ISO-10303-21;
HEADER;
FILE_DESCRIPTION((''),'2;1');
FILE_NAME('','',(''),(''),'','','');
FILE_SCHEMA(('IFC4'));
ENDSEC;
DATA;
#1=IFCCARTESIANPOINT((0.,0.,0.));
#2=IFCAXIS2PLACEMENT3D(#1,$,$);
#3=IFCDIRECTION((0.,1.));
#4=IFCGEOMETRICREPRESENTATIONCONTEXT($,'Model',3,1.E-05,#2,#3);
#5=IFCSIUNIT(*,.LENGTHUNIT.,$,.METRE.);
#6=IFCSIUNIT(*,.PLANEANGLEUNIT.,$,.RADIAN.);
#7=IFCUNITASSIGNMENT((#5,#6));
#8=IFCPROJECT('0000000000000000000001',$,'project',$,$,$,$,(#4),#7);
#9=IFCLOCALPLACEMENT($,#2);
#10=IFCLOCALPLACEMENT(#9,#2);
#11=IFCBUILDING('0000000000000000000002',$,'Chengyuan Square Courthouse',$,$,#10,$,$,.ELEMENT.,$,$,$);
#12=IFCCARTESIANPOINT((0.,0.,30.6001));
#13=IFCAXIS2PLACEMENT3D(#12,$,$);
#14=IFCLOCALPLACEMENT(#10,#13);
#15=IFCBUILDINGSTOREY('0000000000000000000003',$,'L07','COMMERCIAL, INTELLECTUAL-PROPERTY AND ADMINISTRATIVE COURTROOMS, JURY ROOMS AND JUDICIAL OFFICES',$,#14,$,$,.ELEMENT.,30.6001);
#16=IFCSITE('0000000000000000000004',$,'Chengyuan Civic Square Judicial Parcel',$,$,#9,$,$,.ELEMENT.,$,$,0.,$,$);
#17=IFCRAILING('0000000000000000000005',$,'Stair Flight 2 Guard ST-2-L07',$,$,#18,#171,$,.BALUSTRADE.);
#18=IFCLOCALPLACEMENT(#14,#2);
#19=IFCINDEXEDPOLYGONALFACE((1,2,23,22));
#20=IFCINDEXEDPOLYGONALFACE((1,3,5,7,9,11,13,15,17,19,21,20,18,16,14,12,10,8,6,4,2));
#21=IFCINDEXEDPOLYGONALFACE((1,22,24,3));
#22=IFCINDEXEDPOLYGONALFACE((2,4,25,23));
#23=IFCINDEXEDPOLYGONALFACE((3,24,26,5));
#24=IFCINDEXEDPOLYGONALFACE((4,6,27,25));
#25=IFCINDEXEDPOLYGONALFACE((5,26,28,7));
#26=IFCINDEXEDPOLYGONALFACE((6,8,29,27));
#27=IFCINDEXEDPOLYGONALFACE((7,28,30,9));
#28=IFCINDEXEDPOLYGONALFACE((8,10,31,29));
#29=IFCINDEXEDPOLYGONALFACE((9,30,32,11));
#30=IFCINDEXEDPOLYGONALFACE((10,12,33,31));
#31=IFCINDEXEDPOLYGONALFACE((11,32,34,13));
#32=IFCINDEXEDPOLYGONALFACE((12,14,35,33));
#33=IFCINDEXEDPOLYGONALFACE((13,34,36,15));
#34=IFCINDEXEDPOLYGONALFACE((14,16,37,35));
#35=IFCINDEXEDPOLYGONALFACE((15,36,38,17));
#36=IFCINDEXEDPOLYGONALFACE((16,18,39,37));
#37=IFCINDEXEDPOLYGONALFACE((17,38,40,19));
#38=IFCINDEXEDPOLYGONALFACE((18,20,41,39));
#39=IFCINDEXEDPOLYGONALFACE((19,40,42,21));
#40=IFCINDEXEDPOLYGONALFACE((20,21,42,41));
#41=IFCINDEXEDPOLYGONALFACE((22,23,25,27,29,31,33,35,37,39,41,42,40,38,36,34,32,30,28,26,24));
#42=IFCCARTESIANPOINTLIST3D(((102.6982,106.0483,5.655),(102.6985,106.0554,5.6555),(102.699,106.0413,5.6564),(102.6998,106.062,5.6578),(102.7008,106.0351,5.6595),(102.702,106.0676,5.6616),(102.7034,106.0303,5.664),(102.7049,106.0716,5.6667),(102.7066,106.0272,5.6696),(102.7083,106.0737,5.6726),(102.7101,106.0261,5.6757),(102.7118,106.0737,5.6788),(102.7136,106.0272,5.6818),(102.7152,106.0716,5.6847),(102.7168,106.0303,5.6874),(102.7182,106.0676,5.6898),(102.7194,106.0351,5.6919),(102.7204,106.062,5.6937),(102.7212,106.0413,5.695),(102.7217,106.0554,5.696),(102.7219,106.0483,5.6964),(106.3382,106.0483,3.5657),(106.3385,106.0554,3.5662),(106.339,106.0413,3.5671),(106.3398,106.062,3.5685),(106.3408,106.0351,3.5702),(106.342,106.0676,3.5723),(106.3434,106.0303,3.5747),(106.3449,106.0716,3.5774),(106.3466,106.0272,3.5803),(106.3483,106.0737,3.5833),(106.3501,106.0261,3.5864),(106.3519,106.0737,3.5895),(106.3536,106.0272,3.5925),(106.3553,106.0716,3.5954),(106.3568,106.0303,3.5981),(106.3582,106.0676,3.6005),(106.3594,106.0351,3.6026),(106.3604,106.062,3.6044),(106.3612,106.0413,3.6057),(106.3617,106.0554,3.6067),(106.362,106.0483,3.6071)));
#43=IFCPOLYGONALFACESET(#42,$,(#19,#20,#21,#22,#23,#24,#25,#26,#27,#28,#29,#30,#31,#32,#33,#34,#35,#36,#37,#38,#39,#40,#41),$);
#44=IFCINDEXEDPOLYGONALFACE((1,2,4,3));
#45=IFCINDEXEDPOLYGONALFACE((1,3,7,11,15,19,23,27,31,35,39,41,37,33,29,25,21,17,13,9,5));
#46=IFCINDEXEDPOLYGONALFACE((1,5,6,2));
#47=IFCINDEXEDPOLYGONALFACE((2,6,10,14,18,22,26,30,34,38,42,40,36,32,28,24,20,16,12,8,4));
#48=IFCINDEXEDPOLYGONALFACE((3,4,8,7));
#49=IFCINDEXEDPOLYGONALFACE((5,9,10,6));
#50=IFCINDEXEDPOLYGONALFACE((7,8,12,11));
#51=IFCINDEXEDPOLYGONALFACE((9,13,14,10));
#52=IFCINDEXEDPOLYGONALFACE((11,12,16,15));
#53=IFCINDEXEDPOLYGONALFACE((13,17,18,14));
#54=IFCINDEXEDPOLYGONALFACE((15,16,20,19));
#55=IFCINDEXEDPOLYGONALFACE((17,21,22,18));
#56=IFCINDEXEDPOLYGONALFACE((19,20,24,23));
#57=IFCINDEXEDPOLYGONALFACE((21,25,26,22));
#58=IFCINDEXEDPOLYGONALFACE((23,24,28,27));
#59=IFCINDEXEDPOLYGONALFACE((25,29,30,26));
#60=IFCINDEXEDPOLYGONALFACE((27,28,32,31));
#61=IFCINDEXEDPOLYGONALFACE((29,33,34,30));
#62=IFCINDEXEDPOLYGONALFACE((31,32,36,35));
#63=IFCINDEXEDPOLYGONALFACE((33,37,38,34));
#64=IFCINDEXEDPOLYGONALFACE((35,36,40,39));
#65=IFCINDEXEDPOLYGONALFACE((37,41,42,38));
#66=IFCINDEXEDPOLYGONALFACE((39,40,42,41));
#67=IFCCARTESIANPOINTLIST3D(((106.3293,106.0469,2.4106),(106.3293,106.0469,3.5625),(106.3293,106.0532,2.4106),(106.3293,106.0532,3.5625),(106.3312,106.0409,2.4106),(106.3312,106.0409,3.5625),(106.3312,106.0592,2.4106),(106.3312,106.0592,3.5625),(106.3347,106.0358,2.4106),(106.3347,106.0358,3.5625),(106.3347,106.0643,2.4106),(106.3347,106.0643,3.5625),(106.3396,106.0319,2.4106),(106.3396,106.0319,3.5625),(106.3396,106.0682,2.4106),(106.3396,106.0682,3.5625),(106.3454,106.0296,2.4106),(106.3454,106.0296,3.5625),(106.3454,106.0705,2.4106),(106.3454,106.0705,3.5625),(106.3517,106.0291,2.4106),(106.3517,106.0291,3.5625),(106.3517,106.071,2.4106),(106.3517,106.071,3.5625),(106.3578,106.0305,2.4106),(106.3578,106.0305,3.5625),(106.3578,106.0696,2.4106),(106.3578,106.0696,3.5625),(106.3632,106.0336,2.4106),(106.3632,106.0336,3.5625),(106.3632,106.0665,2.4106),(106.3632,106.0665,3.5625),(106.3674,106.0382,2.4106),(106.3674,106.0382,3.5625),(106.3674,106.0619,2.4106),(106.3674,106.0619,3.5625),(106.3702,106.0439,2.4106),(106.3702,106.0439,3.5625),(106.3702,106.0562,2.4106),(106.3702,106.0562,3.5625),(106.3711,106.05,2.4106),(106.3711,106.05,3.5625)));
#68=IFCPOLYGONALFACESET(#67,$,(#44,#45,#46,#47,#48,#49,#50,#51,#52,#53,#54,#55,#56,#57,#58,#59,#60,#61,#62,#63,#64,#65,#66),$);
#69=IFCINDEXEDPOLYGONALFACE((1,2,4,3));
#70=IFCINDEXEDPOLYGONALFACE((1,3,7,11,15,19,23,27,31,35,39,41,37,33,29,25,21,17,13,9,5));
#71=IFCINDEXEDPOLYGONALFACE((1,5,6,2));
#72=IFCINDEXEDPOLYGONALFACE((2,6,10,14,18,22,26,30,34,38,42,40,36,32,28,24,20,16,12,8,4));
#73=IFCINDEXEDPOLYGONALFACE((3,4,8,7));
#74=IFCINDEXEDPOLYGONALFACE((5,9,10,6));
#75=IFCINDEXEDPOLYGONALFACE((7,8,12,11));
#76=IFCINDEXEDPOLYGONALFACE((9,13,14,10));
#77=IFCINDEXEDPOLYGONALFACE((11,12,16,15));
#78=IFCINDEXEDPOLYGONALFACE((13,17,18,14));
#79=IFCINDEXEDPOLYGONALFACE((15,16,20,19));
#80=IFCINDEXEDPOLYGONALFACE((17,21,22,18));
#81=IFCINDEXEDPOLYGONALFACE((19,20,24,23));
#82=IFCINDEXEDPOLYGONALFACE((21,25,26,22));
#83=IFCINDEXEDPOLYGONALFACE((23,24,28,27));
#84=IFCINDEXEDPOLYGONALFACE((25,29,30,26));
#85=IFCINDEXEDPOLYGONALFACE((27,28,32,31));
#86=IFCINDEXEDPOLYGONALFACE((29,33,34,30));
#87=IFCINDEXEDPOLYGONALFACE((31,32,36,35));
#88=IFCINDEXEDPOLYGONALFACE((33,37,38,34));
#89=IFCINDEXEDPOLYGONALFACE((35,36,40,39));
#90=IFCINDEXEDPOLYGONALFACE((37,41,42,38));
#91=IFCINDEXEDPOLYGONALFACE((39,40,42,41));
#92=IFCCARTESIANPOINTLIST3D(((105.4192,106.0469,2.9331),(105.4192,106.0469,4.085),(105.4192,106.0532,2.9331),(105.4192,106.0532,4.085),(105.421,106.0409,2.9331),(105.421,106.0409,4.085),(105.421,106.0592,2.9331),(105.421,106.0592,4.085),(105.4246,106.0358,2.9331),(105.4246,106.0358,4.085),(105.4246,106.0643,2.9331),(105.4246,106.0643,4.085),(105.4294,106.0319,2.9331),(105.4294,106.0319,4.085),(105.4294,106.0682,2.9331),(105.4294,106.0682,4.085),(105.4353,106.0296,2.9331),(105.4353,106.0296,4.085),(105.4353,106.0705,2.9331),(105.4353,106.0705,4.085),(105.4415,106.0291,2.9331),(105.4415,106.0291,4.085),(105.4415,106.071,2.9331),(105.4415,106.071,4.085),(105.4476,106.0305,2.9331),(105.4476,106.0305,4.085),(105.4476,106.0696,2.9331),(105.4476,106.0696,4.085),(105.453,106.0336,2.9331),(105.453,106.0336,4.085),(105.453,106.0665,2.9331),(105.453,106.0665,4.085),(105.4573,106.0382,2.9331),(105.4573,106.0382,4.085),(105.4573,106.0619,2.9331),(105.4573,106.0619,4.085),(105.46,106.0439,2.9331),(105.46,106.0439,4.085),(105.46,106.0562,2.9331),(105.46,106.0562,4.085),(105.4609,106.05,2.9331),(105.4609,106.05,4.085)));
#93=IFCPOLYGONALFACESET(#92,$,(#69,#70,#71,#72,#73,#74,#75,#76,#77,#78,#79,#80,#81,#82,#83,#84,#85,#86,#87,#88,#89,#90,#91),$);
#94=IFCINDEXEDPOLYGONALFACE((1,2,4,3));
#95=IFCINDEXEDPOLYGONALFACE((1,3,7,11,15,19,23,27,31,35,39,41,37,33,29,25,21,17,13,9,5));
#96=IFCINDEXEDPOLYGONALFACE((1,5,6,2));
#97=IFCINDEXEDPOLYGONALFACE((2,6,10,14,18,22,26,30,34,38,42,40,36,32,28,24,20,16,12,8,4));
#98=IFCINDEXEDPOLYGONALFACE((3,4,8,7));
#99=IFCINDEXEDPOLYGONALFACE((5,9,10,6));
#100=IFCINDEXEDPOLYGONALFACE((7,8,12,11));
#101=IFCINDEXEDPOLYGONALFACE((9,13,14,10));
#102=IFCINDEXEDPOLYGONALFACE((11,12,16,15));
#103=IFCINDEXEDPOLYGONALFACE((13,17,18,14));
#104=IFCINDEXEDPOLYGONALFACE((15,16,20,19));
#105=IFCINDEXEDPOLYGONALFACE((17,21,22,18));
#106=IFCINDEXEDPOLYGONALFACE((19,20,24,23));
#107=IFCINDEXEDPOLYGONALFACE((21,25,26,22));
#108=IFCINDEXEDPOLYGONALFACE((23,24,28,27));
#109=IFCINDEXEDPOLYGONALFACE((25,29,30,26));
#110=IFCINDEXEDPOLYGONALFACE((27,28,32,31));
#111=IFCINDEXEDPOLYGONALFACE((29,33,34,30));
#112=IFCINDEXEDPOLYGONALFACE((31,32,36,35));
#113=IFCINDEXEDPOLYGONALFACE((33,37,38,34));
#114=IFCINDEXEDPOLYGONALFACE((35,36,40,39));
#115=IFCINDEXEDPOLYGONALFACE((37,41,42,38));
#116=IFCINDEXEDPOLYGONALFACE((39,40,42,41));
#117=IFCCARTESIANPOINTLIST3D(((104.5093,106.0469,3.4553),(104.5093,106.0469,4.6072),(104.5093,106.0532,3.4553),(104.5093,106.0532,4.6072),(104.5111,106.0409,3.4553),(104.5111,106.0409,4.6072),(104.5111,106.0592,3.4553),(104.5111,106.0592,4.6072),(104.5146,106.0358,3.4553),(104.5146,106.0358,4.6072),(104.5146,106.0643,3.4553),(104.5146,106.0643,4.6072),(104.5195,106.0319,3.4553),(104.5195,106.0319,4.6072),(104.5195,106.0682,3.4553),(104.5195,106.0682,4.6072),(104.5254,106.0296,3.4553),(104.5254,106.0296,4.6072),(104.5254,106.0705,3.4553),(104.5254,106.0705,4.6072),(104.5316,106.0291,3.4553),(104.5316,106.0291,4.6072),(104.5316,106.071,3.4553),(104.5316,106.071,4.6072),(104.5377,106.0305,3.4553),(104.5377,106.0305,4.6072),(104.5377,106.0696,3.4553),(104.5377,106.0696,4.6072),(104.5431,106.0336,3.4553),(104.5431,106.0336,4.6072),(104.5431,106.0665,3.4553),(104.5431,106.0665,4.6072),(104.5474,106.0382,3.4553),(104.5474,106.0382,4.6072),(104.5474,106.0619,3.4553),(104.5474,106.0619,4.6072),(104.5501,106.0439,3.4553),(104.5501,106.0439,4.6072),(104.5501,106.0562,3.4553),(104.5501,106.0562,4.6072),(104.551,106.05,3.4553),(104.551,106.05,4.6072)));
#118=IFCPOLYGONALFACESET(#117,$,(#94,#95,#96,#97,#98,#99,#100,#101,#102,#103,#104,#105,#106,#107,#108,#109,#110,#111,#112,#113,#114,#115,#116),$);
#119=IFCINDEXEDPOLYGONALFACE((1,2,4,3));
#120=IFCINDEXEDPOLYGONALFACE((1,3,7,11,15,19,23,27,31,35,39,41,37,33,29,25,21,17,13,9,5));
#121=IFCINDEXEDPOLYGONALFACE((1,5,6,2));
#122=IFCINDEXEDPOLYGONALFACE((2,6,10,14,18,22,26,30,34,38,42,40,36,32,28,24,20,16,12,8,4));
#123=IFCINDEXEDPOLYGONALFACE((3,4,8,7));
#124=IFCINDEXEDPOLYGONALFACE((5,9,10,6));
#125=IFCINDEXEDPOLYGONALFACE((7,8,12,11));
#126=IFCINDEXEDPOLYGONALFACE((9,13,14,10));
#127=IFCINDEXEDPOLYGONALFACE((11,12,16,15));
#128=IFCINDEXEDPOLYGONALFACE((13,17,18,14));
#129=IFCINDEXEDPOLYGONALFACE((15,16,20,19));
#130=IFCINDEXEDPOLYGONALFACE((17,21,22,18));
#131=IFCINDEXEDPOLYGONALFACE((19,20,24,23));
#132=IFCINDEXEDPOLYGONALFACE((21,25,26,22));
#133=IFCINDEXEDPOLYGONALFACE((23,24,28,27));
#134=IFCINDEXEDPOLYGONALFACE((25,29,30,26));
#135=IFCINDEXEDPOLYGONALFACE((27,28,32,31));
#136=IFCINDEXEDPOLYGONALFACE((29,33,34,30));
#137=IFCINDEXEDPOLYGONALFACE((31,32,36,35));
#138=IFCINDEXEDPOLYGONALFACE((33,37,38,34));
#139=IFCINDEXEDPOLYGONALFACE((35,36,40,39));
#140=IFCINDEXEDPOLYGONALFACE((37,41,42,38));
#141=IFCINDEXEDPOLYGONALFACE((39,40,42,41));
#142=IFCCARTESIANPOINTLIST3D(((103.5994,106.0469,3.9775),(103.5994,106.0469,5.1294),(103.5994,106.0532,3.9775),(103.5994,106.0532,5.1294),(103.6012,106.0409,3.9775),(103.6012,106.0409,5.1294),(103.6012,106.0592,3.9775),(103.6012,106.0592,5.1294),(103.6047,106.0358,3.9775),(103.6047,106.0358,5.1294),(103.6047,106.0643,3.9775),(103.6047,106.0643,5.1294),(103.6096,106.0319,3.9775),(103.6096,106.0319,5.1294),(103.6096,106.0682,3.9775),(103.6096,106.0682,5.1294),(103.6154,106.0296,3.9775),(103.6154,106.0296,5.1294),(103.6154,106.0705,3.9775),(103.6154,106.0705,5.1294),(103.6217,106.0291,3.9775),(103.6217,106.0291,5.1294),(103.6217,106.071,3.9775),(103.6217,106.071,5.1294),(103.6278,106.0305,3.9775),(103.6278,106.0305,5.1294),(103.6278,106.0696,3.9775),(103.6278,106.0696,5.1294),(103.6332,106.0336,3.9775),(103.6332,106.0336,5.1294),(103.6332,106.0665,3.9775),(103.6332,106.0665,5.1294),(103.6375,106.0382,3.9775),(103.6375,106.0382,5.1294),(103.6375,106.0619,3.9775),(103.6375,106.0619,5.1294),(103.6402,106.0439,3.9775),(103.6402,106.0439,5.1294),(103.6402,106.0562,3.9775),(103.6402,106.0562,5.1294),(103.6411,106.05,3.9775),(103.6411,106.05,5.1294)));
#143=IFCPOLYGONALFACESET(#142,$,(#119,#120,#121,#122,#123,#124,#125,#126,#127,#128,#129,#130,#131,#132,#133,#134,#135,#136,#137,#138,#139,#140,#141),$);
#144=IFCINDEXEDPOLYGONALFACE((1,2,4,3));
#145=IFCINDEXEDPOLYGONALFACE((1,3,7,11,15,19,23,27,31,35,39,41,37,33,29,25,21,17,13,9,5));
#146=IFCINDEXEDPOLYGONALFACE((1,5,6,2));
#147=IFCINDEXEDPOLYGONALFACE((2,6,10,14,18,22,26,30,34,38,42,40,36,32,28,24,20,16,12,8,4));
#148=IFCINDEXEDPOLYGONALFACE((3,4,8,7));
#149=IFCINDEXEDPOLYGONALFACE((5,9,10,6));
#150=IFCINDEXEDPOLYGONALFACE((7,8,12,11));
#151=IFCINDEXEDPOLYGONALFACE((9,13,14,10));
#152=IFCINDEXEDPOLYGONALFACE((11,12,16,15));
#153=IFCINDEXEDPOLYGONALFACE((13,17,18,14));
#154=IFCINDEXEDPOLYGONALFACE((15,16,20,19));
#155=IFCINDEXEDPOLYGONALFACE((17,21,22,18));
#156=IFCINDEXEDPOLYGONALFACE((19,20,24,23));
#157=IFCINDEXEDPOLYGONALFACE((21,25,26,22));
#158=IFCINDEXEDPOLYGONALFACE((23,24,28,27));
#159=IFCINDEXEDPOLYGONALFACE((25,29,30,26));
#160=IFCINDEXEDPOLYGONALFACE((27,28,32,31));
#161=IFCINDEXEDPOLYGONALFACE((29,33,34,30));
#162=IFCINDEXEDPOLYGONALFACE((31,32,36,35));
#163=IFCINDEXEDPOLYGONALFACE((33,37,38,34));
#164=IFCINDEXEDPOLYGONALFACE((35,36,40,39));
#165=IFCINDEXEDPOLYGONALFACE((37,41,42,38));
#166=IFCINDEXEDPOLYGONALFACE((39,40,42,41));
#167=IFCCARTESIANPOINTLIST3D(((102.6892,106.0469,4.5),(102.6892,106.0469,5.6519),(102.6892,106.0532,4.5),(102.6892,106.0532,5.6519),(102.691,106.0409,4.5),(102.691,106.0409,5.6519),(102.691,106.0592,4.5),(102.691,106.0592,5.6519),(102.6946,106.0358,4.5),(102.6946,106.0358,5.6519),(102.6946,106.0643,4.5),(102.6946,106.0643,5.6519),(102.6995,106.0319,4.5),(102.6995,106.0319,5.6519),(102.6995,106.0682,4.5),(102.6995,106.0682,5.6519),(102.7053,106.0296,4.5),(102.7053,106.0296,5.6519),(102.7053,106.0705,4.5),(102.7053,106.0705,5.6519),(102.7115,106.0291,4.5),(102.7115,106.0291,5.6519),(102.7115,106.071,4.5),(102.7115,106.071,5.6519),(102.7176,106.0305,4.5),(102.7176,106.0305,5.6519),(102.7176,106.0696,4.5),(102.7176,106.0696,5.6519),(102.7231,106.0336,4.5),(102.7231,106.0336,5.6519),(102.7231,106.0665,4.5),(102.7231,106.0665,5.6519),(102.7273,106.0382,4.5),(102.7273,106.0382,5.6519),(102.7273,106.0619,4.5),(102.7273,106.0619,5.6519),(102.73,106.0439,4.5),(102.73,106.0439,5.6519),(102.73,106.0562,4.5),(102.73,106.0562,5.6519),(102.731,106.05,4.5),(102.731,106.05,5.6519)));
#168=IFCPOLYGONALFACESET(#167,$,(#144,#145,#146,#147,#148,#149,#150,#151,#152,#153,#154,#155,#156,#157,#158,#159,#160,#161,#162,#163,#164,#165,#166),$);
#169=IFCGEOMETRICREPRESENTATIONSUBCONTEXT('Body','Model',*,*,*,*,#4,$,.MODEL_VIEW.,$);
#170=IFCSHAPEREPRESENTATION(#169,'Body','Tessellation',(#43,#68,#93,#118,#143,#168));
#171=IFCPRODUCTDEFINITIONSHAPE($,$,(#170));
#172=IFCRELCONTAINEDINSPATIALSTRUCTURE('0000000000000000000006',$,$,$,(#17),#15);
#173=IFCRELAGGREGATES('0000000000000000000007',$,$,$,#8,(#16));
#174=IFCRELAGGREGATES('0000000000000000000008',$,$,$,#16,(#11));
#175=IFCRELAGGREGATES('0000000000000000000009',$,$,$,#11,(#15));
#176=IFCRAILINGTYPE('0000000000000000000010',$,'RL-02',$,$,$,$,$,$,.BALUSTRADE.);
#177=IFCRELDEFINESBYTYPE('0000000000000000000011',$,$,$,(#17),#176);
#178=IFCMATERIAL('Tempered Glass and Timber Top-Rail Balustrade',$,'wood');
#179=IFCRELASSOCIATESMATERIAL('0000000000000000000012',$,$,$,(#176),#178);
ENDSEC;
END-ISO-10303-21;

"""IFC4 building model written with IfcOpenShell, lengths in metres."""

from ifc_helpers import new_model, si_unit, direction, frame, origin, origin_2d, place, context, subcontext, project, spatial, circle, extrude, material, type_object, element, save


model = new_model("IFC4")

# Units and contexts
model_context = context("Model", 3, precision=1e-05, world=origin(), true_north=direction((0.0, 1.0)))
body_context = subcontext(model_context, "Body", "Model", "MODEL_VIEW")
ifc_project = project(units=[si_unit("LENGTHUNIT", "METRE"), si_unit("PLANEANGLEUNIT", "RADIAN")], contexts=[model_context])

# Site, building, storey
site_placement = place(None, origin())
site = spatial("IfcSite", under=ifc_project, at=site_placement, Name="Chengyuan Civic Square Judicial Parcel", CompositionType="ELEMENT", RefElevation=0.0)
building_placement = place(site_placement, origin())
building = spatial("IfcBuilding", under=site, at=building_placement, Name="Chengyuan Square Courthouse", CompositionType="ELEMENT")
storey_placement = place(building_placement, frame((0.0, 0.0, 30.6001)))
storey = spatial("IfcBuildingStorey", under=building, at=storey_placement, Name="L07", Description="COMMERCIAL, INTELLECTUAL-PROPERTY AND ADMINISTRATIVE COURTROOMS, JURY ROOMS AND JUDICIAL OFFICES", CompositionType="ELEMENT", Elevation=30.6001)

# Railing
ifc_material_1 = material(Name="Tempered Glass and Timber Top-Rail Balustrade", Category="wood")
railing_type_1 = type_object("IfcRailingType", Name="RL-02", PredefinedType="BALUSTRADE", material=ifc_material_1)
railing_1_placement = place(storey_placement, frame((106.3501, 106.05, 2.4106)))
element("IfcRailing", 1, at=railing_1_placement, inside=storey, type_object=railing_type_1, Name="Stair Flight 2 Guard ST-2-L07", PredefinedType="BALUSTRADE", context=body_context, shape_type="SweptSolid", body=[
    extrude(circle(Radius=0.0239, at=origin_2d()), frame((0.0, 0.0, 1.1758), z_axis=(-0.867289, 0.0, 0.497804), x_axis=(0.0, -1.0, 0.0)), (0.0, 0.0, 1.0), 4.197),
    extrude(circle(Radius=0.021, at=origin_2d()), origin(), (0.0, 0.0, 1.0), 1.1519),
    extrude(circle(Radius=0.021, at=origin_2d()), frame((-0.9102, 0.0, 0.5225)), (0.0, 0.0, 1.0), 1.1519),
    extrude(circle(Radius=0.021, at=origin_2d()), frame((-1.8201, 0.0, 1.0447)), (0.0, 0.0, 1.0), 1.1519),
    extrude(circle(Radius=0.021, at=origin_2d()), frame((-2.73, 0.0, 1.5669)), (0.0, 0.0, 1.0), 1.1519),
    extrude(circle(Radius=0.021, at=origin_2d()), frame((-3.6401, 0.0, 2.0894)), (0.0, 0.0, 1.0), 1.1519),
])

save(model, "model.ifc")
